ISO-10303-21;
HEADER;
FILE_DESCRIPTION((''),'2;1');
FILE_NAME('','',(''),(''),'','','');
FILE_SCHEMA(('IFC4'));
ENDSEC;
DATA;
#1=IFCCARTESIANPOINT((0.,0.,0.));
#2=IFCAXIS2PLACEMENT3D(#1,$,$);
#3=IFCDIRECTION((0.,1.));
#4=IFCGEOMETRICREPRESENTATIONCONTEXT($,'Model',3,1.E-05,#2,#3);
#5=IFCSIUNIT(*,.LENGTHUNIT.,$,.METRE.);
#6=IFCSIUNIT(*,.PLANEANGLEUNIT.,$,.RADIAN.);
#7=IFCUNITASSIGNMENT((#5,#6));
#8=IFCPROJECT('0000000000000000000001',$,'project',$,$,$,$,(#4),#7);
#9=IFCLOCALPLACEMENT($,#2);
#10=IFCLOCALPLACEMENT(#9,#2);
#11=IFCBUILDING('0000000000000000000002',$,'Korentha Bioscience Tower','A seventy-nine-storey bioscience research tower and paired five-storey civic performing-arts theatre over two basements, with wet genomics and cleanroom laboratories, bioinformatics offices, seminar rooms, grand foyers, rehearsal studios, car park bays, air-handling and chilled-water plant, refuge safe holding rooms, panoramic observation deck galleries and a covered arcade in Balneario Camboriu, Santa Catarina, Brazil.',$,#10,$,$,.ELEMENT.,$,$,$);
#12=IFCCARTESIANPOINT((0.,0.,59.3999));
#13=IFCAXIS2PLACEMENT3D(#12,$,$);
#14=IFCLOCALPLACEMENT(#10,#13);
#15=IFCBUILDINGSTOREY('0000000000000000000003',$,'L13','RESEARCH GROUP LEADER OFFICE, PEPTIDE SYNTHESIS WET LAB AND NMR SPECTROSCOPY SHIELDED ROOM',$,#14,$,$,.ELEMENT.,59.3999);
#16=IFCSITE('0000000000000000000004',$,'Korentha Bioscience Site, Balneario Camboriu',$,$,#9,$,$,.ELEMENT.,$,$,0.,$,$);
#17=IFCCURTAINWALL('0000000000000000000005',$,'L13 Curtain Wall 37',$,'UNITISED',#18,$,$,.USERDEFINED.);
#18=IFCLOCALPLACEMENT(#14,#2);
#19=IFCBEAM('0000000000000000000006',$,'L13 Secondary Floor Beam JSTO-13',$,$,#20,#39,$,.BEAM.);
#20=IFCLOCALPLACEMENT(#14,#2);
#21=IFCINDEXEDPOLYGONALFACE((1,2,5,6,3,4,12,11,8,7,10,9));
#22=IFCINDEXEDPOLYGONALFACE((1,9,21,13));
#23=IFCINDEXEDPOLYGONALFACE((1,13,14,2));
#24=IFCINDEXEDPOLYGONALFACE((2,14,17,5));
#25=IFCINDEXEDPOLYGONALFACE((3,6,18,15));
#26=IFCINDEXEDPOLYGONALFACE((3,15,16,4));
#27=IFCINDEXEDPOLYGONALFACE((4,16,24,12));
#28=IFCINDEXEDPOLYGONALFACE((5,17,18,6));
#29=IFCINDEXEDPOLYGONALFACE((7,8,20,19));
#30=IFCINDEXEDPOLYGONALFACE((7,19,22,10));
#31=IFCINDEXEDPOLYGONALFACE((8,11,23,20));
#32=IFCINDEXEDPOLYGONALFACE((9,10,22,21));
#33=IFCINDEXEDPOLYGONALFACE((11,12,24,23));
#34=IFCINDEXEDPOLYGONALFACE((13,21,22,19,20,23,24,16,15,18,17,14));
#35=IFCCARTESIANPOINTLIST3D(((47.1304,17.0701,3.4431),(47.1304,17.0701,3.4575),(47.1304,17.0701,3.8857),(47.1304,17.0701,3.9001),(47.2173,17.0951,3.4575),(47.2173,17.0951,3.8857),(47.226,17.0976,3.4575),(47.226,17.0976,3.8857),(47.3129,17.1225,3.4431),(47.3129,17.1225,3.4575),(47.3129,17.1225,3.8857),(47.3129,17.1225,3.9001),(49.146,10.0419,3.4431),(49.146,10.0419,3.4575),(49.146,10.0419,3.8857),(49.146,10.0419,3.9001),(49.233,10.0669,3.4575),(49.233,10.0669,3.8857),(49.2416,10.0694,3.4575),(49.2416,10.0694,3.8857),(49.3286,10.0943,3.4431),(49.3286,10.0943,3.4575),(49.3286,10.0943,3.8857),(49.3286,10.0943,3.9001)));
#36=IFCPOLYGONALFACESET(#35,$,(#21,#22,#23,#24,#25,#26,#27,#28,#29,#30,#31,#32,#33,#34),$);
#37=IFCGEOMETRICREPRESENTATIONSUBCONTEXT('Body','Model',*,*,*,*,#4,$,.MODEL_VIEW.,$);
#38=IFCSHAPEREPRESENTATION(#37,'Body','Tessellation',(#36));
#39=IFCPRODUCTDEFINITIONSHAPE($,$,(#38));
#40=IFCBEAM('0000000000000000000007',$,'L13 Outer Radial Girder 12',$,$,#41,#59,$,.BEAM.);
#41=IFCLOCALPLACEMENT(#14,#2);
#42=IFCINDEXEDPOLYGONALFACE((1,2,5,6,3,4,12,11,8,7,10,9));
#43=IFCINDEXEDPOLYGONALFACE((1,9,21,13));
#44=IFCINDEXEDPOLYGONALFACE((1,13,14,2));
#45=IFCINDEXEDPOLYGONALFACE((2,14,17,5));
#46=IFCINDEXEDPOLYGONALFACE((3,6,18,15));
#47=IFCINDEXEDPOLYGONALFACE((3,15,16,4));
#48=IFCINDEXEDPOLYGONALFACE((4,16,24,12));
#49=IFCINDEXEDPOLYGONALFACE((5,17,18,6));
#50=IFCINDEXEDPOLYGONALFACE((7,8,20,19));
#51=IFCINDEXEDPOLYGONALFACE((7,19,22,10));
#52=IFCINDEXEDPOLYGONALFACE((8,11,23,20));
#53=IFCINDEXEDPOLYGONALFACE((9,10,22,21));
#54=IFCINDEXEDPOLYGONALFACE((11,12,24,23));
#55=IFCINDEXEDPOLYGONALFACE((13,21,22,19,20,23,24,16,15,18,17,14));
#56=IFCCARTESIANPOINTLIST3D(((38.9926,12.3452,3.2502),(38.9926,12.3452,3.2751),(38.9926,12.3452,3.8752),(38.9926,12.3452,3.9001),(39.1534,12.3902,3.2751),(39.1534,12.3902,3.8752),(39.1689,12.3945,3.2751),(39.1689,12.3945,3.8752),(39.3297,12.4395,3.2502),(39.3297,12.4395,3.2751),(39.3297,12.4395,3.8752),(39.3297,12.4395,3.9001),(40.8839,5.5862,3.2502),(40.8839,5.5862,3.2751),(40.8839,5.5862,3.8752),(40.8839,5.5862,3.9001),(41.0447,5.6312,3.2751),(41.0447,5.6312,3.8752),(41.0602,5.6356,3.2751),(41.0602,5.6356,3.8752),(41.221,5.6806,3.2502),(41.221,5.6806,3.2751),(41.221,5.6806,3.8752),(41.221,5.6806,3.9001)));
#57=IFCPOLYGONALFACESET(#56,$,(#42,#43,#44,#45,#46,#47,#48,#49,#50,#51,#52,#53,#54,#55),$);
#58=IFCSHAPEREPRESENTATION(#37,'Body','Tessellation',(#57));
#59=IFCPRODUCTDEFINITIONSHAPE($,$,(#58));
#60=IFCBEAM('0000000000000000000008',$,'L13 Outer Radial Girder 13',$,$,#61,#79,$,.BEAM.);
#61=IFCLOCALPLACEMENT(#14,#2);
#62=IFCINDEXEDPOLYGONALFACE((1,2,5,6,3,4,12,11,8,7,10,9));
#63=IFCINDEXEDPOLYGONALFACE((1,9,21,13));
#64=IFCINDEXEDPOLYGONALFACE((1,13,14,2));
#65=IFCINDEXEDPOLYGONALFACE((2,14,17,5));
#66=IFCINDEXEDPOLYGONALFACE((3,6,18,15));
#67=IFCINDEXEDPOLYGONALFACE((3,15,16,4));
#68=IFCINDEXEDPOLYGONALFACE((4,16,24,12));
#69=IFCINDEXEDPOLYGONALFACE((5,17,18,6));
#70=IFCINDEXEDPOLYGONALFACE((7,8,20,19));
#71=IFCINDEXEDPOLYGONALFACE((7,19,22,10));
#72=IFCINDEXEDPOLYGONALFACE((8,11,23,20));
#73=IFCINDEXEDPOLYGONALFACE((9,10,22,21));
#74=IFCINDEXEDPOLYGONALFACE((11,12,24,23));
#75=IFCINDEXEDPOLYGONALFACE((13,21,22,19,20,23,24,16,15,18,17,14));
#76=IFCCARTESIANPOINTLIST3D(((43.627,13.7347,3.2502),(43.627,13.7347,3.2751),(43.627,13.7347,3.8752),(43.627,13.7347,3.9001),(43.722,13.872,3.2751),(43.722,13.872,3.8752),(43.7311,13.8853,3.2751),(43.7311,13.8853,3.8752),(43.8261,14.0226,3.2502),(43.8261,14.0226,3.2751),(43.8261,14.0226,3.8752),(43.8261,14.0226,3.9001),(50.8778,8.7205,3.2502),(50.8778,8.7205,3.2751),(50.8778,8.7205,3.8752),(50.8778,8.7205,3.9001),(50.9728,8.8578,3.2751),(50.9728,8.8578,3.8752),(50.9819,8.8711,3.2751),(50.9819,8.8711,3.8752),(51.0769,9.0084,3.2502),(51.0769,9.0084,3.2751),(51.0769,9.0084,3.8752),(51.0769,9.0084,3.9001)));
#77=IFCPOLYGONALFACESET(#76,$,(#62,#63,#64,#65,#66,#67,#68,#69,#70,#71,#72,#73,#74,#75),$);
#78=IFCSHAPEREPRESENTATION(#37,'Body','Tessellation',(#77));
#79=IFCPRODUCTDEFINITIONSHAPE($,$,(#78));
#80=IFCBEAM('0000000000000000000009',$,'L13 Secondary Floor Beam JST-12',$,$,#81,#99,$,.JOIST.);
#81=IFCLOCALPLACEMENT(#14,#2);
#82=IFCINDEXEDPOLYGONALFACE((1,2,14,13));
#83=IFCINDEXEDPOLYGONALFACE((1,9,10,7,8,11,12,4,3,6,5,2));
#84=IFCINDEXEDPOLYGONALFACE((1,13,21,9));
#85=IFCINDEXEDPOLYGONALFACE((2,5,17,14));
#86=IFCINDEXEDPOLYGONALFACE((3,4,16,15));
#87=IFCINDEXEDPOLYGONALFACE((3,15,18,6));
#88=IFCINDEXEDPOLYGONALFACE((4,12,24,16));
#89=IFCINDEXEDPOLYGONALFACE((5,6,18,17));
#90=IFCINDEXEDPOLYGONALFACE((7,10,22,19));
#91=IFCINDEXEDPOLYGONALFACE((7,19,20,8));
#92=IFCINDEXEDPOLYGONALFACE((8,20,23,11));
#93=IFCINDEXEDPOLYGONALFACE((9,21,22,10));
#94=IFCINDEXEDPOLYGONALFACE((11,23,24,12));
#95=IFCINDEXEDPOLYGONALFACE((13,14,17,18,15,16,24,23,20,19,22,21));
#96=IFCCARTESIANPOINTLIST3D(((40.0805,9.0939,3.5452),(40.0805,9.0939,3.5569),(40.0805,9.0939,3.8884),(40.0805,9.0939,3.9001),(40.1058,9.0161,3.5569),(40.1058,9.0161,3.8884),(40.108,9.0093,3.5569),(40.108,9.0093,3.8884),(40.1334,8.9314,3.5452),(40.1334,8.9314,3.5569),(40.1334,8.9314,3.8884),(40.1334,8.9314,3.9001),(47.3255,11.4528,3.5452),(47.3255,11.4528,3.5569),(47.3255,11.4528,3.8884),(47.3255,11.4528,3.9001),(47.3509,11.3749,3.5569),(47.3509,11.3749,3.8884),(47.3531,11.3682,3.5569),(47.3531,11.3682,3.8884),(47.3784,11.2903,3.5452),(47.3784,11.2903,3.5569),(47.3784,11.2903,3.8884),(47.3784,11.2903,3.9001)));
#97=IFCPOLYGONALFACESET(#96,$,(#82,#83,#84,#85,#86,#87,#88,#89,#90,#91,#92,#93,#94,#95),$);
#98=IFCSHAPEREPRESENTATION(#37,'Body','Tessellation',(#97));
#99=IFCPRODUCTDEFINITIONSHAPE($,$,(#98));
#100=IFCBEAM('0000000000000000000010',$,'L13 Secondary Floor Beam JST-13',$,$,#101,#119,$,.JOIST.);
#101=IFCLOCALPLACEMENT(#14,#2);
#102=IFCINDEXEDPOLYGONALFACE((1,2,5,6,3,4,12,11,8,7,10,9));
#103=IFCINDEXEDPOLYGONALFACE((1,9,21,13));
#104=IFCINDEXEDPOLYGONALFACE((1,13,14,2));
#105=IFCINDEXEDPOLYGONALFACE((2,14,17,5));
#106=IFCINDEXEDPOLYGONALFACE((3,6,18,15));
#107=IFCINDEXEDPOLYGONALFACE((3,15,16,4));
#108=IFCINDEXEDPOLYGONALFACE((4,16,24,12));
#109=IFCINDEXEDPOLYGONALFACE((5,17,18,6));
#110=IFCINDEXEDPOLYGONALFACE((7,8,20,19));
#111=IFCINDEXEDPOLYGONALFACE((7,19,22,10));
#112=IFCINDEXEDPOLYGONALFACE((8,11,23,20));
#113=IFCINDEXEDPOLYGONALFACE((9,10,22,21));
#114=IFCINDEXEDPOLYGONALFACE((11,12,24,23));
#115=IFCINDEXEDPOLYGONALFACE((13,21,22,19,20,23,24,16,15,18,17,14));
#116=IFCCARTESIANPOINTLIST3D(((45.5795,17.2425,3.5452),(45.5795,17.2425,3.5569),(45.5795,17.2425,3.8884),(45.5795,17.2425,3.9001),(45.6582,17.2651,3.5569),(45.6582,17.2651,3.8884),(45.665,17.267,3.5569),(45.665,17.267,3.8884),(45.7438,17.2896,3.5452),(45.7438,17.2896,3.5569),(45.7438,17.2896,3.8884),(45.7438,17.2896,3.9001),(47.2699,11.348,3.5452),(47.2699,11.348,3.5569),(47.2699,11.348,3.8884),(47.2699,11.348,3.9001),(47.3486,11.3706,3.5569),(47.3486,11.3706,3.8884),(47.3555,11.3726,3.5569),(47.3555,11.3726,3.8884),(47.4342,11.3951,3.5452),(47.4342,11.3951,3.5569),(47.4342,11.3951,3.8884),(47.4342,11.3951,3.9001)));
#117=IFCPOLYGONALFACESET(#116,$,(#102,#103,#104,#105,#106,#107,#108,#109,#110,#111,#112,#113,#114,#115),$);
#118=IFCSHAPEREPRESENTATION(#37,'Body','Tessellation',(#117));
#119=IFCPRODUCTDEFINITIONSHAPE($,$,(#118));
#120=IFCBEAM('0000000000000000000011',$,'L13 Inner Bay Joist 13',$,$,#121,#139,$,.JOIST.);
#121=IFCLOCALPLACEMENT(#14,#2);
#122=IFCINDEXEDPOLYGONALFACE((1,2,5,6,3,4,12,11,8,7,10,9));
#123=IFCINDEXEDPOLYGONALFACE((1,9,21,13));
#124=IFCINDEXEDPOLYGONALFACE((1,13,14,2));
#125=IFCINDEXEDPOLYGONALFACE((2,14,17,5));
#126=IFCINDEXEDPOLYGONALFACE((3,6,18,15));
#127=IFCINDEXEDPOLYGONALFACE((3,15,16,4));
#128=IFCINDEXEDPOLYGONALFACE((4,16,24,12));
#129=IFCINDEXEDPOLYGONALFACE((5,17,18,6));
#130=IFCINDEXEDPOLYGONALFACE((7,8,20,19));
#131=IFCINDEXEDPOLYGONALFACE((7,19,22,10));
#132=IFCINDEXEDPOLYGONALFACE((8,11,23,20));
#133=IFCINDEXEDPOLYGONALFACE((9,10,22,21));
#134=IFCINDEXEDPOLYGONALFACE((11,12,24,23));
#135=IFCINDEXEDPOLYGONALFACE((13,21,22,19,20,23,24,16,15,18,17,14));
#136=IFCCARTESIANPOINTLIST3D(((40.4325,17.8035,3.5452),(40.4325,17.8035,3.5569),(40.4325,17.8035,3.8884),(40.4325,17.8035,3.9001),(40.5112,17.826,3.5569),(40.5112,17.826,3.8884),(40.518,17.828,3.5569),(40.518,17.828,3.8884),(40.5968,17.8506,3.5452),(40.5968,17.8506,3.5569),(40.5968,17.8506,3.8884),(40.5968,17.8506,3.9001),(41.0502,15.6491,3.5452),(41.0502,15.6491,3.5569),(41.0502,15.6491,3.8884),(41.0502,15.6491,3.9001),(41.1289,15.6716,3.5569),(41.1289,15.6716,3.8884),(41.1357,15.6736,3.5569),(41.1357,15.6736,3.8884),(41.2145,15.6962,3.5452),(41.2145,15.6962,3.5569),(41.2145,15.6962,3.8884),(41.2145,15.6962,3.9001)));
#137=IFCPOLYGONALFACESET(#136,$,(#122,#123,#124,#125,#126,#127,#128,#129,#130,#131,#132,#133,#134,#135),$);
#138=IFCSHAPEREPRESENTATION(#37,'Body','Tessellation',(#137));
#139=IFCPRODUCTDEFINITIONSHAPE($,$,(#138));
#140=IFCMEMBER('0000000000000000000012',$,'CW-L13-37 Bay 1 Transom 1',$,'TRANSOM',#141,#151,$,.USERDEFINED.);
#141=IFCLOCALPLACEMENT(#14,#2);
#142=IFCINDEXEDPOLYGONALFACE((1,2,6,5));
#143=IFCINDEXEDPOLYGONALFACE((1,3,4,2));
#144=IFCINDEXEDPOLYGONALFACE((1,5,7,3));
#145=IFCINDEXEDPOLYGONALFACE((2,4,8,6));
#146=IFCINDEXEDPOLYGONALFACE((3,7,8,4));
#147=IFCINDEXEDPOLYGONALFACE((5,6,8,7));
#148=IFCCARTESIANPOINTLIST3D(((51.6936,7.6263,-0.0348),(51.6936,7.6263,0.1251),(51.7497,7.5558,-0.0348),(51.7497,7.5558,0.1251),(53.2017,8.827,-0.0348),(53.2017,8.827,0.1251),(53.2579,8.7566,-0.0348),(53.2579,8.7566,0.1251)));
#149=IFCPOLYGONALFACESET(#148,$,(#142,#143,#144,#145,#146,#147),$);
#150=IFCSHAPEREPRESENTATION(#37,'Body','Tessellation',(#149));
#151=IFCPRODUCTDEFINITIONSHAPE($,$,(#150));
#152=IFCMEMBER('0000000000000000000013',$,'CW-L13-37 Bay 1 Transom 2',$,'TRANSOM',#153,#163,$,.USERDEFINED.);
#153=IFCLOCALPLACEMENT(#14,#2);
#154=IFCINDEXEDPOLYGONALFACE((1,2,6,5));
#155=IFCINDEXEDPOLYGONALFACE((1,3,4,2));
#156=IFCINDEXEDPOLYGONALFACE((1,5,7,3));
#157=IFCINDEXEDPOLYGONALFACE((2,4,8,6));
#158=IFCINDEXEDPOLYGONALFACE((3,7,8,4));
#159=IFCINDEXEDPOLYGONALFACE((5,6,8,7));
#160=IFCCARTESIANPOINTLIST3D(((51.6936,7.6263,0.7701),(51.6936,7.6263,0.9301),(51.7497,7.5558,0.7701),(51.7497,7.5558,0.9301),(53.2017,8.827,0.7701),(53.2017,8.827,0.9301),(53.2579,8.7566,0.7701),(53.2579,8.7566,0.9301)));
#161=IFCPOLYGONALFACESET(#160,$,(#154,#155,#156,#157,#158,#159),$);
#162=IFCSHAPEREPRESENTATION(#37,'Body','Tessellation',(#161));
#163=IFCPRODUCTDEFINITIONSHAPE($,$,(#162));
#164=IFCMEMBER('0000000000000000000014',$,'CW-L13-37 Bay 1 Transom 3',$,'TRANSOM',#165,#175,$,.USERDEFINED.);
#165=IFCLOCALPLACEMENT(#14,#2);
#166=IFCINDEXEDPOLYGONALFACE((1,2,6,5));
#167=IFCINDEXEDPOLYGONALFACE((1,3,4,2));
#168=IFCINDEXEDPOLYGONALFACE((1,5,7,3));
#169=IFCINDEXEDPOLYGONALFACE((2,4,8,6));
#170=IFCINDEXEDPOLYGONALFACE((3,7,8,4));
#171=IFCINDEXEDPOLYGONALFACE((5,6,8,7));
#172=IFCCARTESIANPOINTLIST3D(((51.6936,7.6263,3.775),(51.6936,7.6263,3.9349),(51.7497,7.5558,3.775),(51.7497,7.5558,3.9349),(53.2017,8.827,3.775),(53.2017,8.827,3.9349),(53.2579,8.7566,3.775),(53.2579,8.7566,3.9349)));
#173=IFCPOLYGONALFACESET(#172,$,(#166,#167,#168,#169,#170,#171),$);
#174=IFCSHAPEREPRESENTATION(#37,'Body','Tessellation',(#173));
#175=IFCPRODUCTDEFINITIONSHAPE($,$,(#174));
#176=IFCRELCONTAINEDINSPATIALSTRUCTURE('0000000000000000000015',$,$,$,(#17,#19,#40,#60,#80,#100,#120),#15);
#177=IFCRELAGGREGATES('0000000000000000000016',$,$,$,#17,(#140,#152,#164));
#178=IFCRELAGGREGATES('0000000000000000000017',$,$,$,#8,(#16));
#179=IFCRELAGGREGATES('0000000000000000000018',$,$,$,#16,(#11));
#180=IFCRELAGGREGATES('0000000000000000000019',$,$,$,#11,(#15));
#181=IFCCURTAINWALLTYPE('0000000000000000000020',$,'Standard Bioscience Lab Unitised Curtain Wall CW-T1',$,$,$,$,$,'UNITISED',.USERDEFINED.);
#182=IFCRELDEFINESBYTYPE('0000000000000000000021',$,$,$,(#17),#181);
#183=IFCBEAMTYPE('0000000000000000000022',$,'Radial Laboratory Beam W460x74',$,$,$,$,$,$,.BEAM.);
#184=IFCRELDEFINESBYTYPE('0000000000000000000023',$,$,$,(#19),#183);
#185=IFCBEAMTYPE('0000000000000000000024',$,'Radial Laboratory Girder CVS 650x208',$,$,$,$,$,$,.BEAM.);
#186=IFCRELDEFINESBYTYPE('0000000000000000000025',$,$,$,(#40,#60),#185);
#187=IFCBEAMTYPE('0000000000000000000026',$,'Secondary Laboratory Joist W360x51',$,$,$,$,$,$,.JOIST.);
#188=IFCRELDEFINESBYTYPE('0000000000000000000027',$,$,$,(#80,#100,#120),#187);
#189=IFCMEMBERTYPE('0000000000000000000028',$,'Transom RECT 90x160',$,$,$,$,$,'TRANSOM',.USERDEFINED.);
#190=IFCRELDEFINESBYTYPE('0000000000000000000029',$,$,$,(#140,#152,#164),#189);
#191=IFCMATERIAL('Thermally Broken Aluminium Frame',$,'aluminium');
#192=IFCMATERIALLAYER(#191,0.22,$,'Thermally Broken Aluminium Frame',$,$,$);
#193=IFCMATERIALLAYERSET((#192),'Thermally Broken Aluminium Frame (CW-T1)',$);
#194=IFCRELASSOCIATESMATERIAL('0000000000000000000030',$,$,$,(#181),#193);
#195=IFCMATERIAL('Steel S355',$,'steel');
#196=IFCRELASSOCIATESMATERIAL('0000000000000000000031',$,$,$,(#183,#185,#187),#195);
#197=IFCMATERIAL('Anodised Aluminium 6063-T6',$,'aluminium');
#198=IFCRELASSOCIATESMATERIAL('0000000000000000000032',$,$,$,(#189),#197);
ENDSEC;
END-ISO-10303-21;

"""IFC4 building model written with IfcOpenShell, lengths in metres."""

from ifc_helpers import new_model, si_unit, direction, frame, origin, origin_2d, place, context, subcontext, project, spatial, rectangle, i_section, extrude, material, layer, layer_set, material_profile, profile_set, type_object, element, aggregate, save


model = new_model("IFC4")

# Units and contexts
model_context = context("Model", 3, precision=1e-05, world=origin(), true_north=direction((0.0, 1.0)))
body_context = subcontext(model_context, "Body", "Model", "MODEL_VIEW")
ifc_project = project(units=[si_unit("LENGTHUNIT", "METRE"), si_unit("PLANEANGLEUNIT", "RADIAN")], contexts=[model_context])

# Site, building, storey
site_placement = place(None, origin())
site = spatial("IfcSite", under=ifc_project, at=site_placement, Name="Korentha Bioscience Site, Balneario Camboriu", CompositionType="ELEMENT", RefElevation=0.0)
building_placement = place(site_placement, origin())
building = spatial("IfcBuilding", under=site, at=building_placement, Name="Korentha Bioscience Tower", Description="A seventy-nine-storey bioscience research tower and paired five-storey civic performing-arts theatre over two basements, with wet genomics and cleanroom laboratories, bioinformatics offices, seminar rooms, grand foyers, rehearsal studios, car park bays, air-handling and chilled-water plant, refuge safe holding rooms, panoramic observation deck galleries and a covered arcade in Balneario Camboriu, Santa Catarina, Brazil.", CompositionType="ELEMENT")
storey_placement = place(building_placement, frame((0.0, 0.0, 59.3999)))
storey = spatial("IfcBuildingStorey", under=building, at=storey_placement, Name="L13", Description="RESEARCH GROUP LEADER OFFICE, PEPTIDE SYNTHESIS WET LAB AND NMR SPECTROSCOPY SHIELDED ROOM", CompositionType="ELEMENT", Elevation=59.3999)

# Shared definitions
ifc_material_1 = material(Name="Steel S355", Category="steel")

# Curtain wall
ifc_material_2 = material(Name="Thermally Broken Aluminium Frame", Category="aluminium")
ifc_layer_1 = layer(ifc_material_2, 0.22, Name="Thermally Broken Aluminium Frame")
ifc_layer_set_1 = layer_set([ifc_layer_1], Name="Thermally Broken Aluminium Frame (CW-T1)")
curtain_wall_type = type_object("IfcCurtainWallType", Name="Standard Bioscience Lab Unitised Curtain Wall CW-T1", ElementType="UNITISED", PredefinedType="USERDEFINED", material=ifc_layer_set_1)
curtain_wall_placement = place(storey_placement, origin())
curtain_wall = element("IfcCurtainWall", 1, at=curtain_wall_placement, inside=storey, type_object=curtain_wall_type, Name="L13 Curtain Wall 37", ObjectType="UNITISED", PredefinedType="USERDEFINED")
ifc_material_3 = material(Name="Anodised Aluminium 6063-T6", Category="aluminium")

# Beams
ifc_material_profile_1 = material_profile(ifc_material_1, i_section(OverallWidth=0.1899, OverallDepth=0.457, WebThickness=0.009, FlangeThickness=0.0144, at=origin_2d()), Name="Steel S355")
ifc_profile_set_1 = profile_set([ifc_material_profile_1], Name="Steel S355 (RB-460)")
beam_type_1 = type_object("IfcBeamType", Name="Radial Laboratory Beam W460x74", PredefinedType="BEAM", material=ifc_profile_set_1)
beam_1_placement = place(storey_placement, frame((49.2373, 10.0681, 3.6716), z_axis=(-0.275682, 0.961249, 0.0), x_axis=(-0.961249, -0.275682, 0.0)))
element("IfcBeam", 2, at=beam_1_placement, inside=storey, type_object=beam_type_1, Name="L13 Secondary Floor Beam JSTO-13", PredefinedType="BEAM", context=body_context, shape_type="SweptSolid", body=[
    extrude(i_section(OverallWidth=0.1899, OverallDepth=0.457, WebThickness=0.009, FlangeThickness=0.0144, at=origin_2d()), origin(), (0.0, 0.0, 1.0), 7.3115),
])
ifc_material_profile_2 = material_profile(ifc_material_1, i_section(OverallWidth=0.3501, OverallDepth=0.6499, WebThickness=0.0161, FlangeThickness=0.0249, at=origin_2d()), Name="Steel S355")
ifc_profile_set_2 = profile_set([ifc_material_profile_2], Name="Steel S355 (RB-650)")
beam_type_2 = type_object("IfcBeamType", Name="Radial Laboratory Girder CVS 650x208", PredefinedType="BEAM", material=ifc_profile_set_2)
beam_2_placement = place(storey_placement, frame((39.1611, 12.3923, 3.5752), z_axis=(0.269475, -0.963007, 0.0), x_axis=(0.963007, 0.269475, 0.0)))
element("IfcBeam", 3, at=beam_2_placement, inside=storey, type_object=beam_type_2, Name="L13 Outer Radial Girder 12", PredefinedType="BEAM", context=body_context, shape_type="SweptSolid", body=[
    extrude(i_section(OverallWidth=0.3501, OverallDepth=0.6499, WebThickness=0.0161, FlangeThickness=0.0249, at=origin_2d()), origin(), (0.0, 0.0, 1.0), 7.0186),
])
beam_3_placement = place(storey_placement, frame((43.7266, 13.8787, 3.5752), z_axis=(0.822488, -0.568782, 0.0), x_axis=(0.568782, 0.822488, 0.0)))
element("IfcBeam", 4, at=beam_3_placement, inside=storey, type_object=beam_type_2, Name="L13 Outer Radial Girder 13", PredefinedType="BEAM", context=body_context, shape_type="SweptSolid", body=[
    extrude(i_section(OverallWidth=0.3501, OverallDepth=0.6499, WebThickness=0.0161, FlangeThickness=0.0249, at=origin_2d()), origin(), (0.0, 0.0, 1.0), 8.8157),
])
ifc_material_profile_3 = material_profile(ifc_material_1, i_section(OverallWidth=0.1709, OverallDepth=0.355, WebThickness=0.0071, FlangeThickness=0.0117, at=origin_2d()), Name="Steel S355")
ifc_profile_set_3 = profile_set([ifc_material_profile_3], Name="Steel S355 (JB-360)")
beam_type_3 = type_object("IfcBeamType", Name="Secondary Laboratory Joist W360x51", PredefinedType="JOIST", material=ifc_profile_set_3)
beam_4_placement = place(storey_placement, frame((40.1069, 9.0127, 3.7227), z_axis=(0.950871, 0.309587, 0.0), x_axis=(-0.309587, 0.950871, 0.0)))
element("IfcBeam", 5, at=beam_4_placement, inside=storey, type_object=beam_type_3, Name="L13 Secondary Floor Beam JST-12", PredefinedType="JOIST", context=body_context, shape_type="SweptSolid", body=[
    extrude(i_section(OverallWidth=0.1709, OverallDepth=0.355, WebThickness=0.0071, FlangeThickness=0.0117, at=origin_2d()), origin(), (0.0, 0.0, 1.0), 7.6194),
])
beam_5_placement = place(storey_placement, frame((47.3521, 11.3716, 3.7227), z_axis=(-0.275668, 0.961253, 0.0), x_axis=(-0.961253, -0.275668, 0.0)))
element("IfcBeam", 6, at=beam_5_placement, inside=storey, type_object=beam_type_3, Name="L13 Secondary Floor Beam JST-13", PredefinedType="JOIST", context=body_context, shape_type="SweptSolid", body=[
    extrude(i_section(OverallWidth=0.1709, OverallDepth=0.355, WebThickness=0.0071, FlangeThickness=0.0117, at=origin_2d()), origin(), (0.0, 0.0, 1.0), 6.1321),
])
beam_6_placement = place(storey_placement, frame((41.1323, 15.6726, 3.7227), z_axis=(-0.275613, 0.961269, 0.0), x_axis=(-0.961269, -0.275613, 0.0)))
element("IfcBeam", 7, at=beam_6_placement, inside=storey, type_object=beam_type_3, Name="L13 Inner Bay Joist 13", PredefinedType="JOIST", context=body_context, shape_type="SweptSolid", body=[
    extrude(i_section(OverallWidth=0.1709, OverallDepth=0.355, WebThickness=0.0071, FlangeThickness=0.0117, at=origin_2d()), origin(), (0.0, 0.0, 1.0), 2.2412),
])

# Members
ifc_material_profile_4 = material_profile(ifc_material_3, rectangle(XDim=0.0901, YDim=0.1599, at=origin_2d()), Name="Anodised Aluminium 6063-T6")
ifc_profile_set_4 = profile_set([ifc_material_profile_4], Name="Anodised Aluminium 6063-T6 (CW-TRN)")
member_type_1 = type_object("IfcMemberType", Name="Transom RECT 90x160", ElementType="TRANSOM", PredefinedType="USERDEFINED", material=ifc_profile_set_4)
member_1_placement = place(storey_placement, frame((51.7217, 7.5911, 0.0452), z_axis=(0.782325, 0.622871, 0.0), x_axis=(-0.622871, 0.782325, 0.0)))
member_1 = element("IfcMember", 8, at=member_1_placement, type_object=member_type_1, Name="CW-L13-37 Bay 1 Transom 1", ObjectType="TRANSOM", PredefinedType="USERDEFINED", context=body_context, shape_type="SweptSolid", body=[
    extrude(rectangle(XDim=0.0901, YDim=0.1599, at=origin_2d()), origin(), (0.0, 0.0, 1.0), 1.9277),
])
member_2_placement = place(storey_placement, frame((51.7217, 7.5911, 0.8501), z_axis=(0.782325, 0.622871, 0.0), x_axis=(-0.622871, 0.782325, 0.0)))
member_2 = element("IfcMember", 9, at=member_2_placement, type_object=member_type_1, Name="CW-L13-37 Bay 1 Transom 2", ObjectType="TRANSOM", PredefinedType="USERDEFINED", context=body_context, shape_type="SweptSolid", body=[
    extrude(rectangle(XDim=0.0901, YDim=0.1599, at=origin_2d()), origin(), (0.0, 0.0, 1.0), 1.9277),
])
member_3_placement = place(storey_placement, frame((51.7217, 7.5911, 3.855), z_axis=(0.782325, 0.622871, 0.0), x_axis=(-0.622871, 0.782325, 0.0)))
member_3 = element("IfcMember", 10, at=member_3_placement, type_object=member_type_1, Name="CW-L13-37 Bay 1 Transom 3", ObjectType="TRANSOM", PredefinedType="USERDEFINED", context=body_context, shape_type="SweptSolid", body=[
    extrude(rectangle(XDim=0.0901, YDim=0.1599, at=origin_2d()), origin(), (0.0, 0.0, 1.0), 1.9277),
])

aggregate(curtain_wall, [member_1, member_2, member_3])

save(model, "model.ifc")
